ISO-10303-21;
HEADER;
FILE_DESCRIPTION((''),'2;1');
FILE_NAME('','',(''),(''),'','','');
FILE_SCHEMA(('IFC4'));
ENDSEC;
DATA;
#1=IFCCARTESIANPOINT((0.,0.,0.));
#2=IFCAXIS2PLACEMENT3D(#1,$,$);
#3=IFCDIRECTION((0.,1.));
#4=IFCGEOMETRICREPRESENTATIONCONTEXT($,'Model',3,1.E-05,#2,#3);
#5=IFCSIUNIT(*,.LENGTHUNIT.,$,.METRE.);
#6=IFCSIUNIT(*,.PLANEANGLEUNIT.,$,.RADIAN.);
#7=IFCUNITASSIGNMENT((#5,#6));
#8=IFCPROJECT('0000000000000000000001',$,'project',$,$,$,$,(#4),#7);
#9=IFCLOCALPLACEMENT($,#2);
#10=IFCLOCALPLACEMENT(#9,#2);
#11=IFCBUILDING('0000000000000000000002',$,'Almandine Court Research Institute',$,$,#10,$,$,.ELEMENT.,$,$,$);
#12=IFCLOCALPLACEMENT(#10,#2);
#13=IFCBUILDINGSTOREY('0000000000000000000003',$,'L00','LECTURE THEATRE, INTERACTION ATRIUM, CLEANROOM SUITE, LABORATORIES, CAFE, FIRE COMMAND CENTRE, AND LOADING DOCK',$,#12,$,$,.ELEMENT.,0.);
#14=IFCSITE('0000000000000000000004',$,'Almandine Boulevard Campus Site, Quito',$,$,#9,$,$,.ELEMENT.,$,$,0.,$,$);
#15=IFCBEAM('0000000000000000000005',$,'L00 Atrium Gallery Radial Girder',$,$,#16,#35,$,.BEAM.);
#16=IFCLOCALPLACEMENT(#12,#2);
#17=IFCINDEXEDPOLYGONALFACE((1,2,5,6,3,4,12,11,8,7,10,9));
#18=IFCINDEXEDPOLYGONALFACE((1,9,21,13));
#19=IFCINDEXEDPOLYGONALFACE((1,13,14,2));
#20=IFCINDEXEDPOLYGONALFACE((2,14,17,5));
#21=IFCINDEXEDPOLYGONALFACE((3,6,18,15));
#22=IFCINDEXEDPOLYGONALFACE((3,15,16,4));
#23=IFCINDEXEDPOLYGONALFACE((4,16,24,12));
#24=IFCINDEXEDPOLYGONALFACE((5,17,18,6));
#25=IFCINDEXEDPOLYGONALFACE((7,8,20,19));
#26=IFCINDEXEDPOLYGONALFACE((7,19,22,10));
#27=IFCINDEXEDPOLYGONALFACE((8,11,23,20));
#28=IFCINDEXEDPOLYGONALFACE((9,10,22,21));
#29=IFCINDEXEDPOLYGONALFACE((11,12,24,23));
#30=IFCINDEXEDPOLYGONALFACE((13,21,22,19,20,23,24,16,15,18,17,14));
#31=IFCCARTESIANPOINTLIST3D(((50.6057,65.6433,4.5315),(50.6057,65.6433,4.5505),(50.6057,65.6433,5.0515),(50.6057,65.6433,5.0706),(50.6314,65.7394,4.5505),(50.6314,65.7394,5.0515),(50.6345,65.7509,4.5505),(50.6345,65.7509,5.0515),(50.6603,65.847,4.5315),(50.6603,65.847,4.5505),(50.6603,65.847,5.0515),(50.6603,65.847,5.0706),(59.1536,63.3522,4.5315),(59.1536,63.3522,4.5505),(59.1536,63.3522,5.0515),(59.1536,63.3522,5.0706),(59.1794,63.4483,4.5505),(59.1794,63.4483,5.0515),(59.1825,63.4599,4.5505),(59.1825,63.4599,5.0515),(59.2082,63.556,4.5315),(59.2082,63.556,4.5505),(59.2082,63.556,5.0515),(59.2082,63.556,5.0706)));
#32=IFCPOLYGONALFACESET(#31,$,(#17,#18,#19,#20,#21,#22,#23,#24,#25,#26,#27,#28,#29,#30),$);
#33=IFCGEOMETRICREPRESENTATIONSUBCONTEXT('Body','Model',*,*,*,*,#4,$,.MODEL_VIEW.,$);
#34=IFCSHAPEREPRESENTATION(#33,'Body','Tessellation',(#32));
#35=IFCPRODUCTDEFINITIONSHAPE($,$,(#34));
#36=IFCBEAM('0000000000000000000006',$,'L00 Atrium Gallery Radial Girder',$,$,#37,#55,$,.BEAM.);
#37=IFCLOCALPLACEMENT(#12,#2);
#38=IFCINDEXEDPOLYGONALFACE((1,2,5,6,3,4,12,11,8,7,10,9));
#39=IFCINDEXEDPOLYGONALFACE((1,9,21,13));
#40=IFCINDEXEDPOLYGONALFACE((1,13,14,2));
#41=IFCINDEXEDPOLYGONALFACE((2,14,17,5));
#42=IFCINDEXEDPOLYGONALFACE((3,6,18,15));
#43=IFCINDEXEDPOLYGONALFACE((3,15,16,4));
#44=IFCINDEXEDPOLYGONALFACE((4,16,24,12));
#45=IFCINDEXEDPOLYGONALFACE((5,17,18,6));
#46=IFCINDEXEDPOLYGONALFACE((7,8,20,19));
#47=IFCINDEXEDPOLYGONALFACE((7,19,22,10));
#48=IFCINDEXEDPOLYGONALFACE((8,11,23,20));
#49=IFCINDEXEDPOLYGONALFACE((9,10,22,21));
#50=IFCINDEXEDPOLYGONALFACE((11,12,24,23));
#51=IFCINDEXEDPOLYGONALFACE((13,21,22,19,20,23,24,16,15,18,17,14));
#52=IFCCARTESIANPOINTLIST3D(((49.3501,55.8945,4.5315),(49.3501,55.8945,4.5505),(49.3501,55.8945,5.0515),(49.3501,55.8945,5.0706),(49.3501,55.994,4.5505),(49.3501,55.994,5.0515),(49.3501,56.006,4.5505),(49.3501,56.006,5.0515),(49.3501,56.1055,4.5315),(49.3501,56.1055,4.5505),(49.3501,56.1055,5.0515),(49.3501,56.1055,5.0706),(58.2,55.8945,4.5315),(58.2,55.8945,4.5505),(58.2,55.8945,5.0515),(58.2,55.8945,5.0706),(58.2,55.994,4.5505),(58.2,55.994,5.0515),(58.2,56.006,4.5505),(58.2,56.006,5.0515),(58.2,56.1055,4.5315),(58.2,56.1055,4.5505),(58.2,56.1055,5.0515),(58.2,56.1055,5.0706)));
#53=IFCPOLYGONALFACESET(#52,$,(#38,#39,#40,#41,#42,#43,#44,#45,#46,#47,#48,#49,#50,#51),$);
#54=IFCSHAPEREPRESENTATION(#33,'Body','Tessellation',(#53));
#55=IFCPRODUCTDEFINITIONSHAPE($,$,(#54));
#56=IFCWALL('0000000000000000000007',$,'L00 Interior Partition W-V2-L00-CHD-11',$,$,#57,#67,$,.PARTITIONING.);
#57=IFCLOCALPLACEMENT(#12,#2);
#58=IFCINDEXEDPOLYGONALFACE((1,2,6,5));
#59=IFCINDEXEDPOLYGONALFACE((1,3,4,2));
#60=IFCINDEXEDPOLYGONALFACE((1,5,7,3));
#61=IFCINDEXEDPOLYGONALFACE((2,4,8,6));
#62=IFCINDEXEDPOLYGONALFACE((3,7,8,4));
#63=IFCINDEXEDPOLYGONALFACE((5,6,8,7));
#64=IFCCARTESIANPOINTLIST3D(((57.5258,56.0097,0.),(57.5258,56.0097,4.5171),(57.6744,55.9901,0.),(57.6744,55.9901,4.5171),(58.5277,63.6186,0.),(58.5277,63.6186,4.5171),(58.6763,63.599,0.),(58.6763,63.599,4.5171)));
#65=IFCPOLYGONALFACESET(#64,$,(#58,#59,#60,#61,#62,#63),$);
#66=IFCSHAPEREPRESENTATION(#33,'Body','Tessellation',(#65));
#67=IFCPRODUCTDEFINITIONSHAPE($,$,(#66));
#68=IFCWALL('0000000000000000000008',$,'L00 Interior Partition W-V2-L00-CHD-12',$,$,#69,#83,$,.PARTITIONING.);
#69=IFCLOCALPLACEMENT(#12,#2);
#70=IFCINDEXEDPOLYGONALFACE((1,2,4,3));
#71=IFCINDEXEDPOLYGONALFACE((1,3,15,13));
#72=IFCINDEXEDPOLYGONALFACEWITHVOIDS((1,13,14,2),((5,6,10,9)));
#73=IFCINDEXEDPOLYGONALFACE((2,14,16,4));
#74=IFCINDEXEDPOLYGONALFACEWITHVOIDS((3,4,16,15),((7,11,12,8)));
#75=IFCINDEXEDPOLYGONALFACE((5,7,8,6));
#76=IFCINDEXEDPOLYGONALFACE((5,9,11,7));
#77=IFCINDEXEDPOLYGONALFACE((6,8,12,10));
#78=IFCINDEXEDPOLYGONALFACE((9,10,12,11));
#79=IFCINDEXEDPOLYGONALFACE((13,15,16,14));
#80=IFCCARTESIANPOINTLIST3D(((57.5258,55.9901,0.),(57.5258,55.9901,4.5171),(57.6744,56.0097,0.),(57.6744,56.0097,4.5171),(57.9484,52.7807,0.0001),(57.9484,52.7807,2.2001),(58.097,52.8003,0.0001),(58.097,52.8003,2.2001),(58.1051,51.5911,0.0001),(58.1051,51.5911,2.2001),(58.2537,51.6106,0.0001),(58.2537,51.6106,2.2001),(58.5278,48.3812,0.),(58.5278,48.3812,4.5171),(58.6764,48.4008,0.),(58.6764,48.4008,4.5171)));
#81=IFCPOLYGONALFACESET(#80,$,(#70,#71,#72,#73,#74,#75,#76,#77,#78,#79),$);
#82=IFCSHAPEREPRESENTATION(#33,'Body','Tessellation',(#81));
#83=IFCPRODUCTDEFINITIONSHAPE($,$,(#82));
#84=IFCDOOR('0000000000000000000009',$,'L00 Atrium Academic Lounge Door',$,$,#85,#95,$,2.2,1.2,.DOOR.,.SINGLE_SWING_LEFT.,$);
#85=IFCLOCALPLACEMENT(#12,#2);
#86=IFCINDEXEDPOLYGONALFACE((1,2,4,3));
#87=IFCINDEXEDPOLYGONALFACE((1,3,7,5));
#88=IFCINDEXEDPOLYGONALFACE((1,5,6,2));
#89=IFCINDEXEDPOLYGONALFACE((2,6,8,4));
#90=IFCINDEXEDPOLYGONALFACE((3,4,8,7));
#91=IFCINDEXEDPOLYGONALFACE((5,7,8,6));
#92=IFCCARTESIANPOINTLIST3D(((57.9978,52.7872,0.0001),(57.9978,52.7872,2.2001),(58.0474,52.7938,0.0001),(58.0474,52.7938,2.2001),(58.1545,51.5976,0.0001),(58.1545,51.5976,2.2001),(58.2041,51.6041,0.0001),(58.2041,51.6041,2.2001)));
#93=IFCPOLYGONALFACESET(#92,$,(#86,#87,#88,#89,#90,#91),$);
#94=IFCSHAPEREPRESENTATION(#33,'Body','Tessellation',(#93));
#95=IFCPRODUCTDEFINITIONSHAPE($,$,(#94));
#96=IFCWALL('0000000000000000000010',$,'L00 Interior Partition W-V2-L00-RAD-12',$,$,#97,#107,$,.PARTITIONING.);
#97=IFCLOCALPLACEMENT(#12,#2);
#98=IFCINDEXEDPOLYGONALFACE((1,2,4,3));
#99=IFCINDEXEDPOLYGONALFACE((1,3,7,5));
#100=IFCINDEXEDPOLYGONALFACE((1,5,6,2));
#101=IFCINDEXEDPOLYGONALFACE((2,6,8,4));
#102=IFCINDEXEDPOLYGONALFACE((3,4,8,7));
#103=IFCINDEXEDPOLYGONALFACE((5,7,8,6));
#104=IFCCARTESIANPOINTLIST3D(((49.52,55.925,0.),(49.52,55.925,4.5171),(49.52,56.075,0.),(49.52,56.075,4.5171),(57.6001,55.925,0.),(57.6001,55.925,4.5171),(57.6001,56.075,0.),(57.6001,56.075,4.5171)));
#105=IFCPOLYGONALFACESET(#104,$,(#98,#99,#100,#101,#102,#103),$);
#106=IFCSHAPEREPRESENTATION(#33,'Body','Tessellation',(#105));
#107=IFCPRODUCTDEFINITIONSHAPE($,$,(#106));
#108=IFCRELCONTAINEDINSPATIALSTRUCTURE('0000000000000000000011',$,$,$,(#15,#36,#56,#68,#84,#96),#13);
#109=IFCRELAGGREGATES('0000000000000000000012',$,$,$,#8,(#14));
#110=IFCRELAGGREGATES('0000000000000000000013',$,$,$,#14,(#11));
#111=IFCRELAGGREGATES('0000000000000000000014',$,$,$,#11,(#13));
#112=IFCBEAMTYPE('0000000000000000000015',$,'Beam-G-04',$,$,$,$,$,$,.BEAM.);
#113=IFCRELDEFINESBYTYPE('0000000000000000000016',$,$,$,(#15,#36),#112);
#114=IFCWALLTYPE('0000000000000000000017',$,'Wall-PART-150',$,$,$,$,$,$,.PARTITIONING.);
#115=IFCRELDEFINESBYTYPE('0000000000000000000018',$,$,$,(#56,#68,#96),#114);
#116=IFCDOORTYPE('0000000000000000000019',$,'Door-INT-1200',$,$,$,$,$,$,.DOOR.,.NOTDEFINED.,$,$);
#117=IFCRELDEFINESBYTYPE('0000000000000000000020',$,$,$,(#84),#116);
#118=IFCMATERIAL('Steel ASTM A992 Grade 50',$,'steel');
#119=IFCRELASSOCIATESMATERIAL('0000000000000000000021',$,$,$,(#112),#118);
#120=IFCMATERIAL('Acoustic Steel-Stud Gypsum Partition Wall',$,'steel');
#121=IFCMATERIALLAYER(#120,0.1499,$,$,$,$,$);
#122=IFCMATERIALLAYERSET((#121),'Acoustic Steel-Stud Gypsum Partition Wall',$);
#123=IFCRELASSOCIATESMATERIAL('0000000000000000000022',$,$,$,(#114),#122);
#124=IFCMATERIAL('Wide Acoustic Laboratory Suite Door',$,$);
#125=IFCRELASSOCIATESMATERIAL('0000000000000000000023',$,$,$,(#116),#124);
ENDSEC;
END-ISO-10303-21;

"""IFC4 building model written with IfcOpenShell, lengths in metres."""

from ifc_helpers import new_model, si_unit, direction, frame, frame_2d, origin, origin_2d, place, context, subcontext, project, spatial, rectangle, i_section, extrude, material, layer, layer_set, material_profile, profile_set, type_object, element, fill, save


model = new_model("IFC4")

# Units and contexts
model_context = context("Model", 3, precision=1e-05, world=origin(), true_north=direction((0.0, 1.0)))
body_context = subcontext(model_context, "Body", "Model", "MODEL_VIEW")
ifc_project = project(units=[si_unit("LENGTHUNIT", "METRE"), si_unit("PLANEANGLEUNIT", "RADIAN")], contexts=[model_context])

# Site, building, storey
site_placement = place(None, origin())
site = spatial("IfcSite", under=ifc_project, at=site_placement, Name="Almandine Boulevard Campus Site, Quito", CompositionType="ELEMENT", RefElevation=0.0)
building_placement = place(site_placement, origin())
building = spatial("IfcBuilding", under=site, at=building_placement, Name="Almandine Court Research Institute", CompositionType="ELEMENT")
storey_placement = place(building_placement, origin())
storey = spatial("IfcBuildingStorey", under=building, at=storey_placement, Name="L00", Description="LECTURE THEATRE, INTERACTION ATRIUM, CLEANROOM SUITE, LABORATORIES, CAFE, FIRE COMMAND CENTRE, AND LOADING DOCK", CompositionType="ELEMENT", Elevation=0.0)

# Shared definitions
ifc_material_1 = material(Name="Steel ASTM A992 Grade 50", Category="steel")

# Beams
ifc_material_profile_1 = material_profile(ifc_material_1, i_section(OverallWidth=0.2109, OverallDepth=0.5391, WebThickness=0.012, FlangeThickness=0.019, at=origin_2d()), Name="W530x109")
ifc_profile_set_1 = profile_set([ifc_material_profile_1], Name="Steel ASTM A992 Grade 50")
beam_type_1 = type_object("IfcBeamType", Name="Beam-G-04", PredefinedType="BEAM", material=ifc_profile_set_1)
beam_1_placement = place(storey_placement, frame((59.1809, 63.4541, 4.801), z_axis=(-0.965908, 0.258885, 0.0), x_axis=(-0.258885, -0.965908, 0.0)))
element("IfcBeam", 1, at=beam_1_placement, inside=storey, type_object=beam_type_1, Name="L00 Atrium Gallery Radial Girder", PredefinedType="BEAM", context=body_context, shape_type="SweptSolid", body=[
    extrude(i_section(OverallWidth=0.2109, OverallDepth=0.5391, WebThickness=0.012, FlangeThickness=0.019, at=origin_2d()), origin(), (0.0, 0.0, 1.0), 8.8496),
])
beam_2_placement = place(storey_placement, frame((58.2, 56.0, 4.801), z_axis=(-1.0, 0.0, 0.0), x_axis=(0.0, -1.0, 0.0)))
element("IfcBeam", 2, at=beam_2_placement, inside=storey, type_object=beam_type_1, Name="L00 Atrium Gallery Radial Girder", PredefinedType="BEAM", context=body_context, shape_type="SweptSolid", body=[
    extrude(i_section(OverallWidth=0.2109, OverallDepth=0.5391, WebThickness=0.012, FlangeThickness=0.019, at=origin_2d()), origin(), (0.0, 0.0, 1.0), 8.8499),
])

# Wall
ifc_material_2 = material(Name="Acoustic Steel-Stud Gypsum Partition Wall", Category="steel")
ifc_layer = layer(ifc_material_2, 0.1499)
ifc_layer_set = layer_set([ifc_layer], Name="Acoustic Steel-Stud Gypsum Partition Wall")
wall_type = type_object("IfcWallType", Name="Wall-PART-150", PredefinedType="PARTITIONING", material=ifc_layer_set)
wall_1_placement = place(storey_placement, frame((58.6021, 63.6089, 0.0), z_axis=(0.0, 0.0, 1.0), x_axis=(-0.130555, -0.991441, 0.0)))
element("IfcWall", 3, at=wall_1_placement, inside=storey, type_object=wall_type, Name="L00 Interior Partition W-V2-L00-CHD-11", PredefinedType="PARTITIONING", context=body_context, shape_type="SweptSolid", body=[
    extrude(rectangle(XDim=7.6746, YDim=0.1499, at=frame_2d((3.8374, 0.0))), origin(), (0.0, 0.0, 1.0), 4.5171),
])

# Wall, opening, door
wall_2_placement = place(storey_placement, frame((57.6001, 56.0, 0.0), z_axis=(0.0, 0.0, 1.0), x_axis=(0.130555, -0.991441, 0.0)))
wall_2 = element("IfcWall", 4, at=wall_2_placement, inside=storey, type_object=wall_type, Name="L00 Interior Partition W-V2-L00-CHD-12", PredefinedType="PARTITIONING", context=body_context, shape_type="SweptSolid", body=[
    extrude(rectangle(XDim=7.6746, YDim=0.1499, at=frame_2d((3.8374, 0.0))), origin(), (0.0, 0.0, 1.0), 4.5171),
])
opening_placement = place(wall_2_placement, frame((3.2371, 0.0, 0.0)))
opening = element("IfcOpeningElement", 5, at=opening_placement, cuts=wall_2, PredefinedType="OPENING", context=body_context, shape_type="SweptSolid", body=[
    extrude(rectangle(XDim=1.2, YDim=2.2, at=frame_2d((0.6001, 1.1001))), frame((0.0, 0.085, 0.0), z_axis=(0.0, -1.0, 0.0), x_axis=(1.0, 0.0, 0.0)), (0.0, 0.0, 1.0), 0.1699),
])
ifc_material_3 = material(Name="Wide Acoustic Laboratory Suite Door")
door_type = type_object("IfcDoorType", Name="Door-INT-1200", OperationType="NOTDEFINED", PredefinedType="DOOR", material=ifc_material_3)
door_placement = place(opening_placement, origin())
door = element("IfcDoor", 6, at=door_placement, inside=storey, type_object=door_type, Name="L00 Atrium Academic Lounge Door", OperationType="SINGLE_SWING_LEFT", OverallHeight=2.2, OverallWidth=1.2, PredefinedType="DOOR", context=body_context, shape_type="SweptSolid", body=[
    extrude(rectangle(XDim=1.2, YDim=2.2, at=frame_2d((0.6001, 1.1001))), frame((0.0, 0.0249, 0.0), z_axis=(0.0, -1.0, 0.0), x_axis=(1.0, 0.0, 0.0)), (0.0, 0.0, 1.0), 0.05),
])
fill(opening, door)

# Wall
wall_3_placement = place(storey_placement, frame((57.6001, 56.0, 0.0), z_axis=(0.0, 0.0, 1.0), x_axis=(-1.0, 0.0, 0.0)))
element("IfcWall", 7, at=wall_3_placement, inside=storey, type_object=wall_type, Name="L00 Interior Partition W-V2-L00-RAD-12", PredefinedType="PARTITIONING", context=body_context, shape_type="SweptSolid", body=[
    extrude(rectangle(XDim=8.0801, YDim=0.1499, at=frame_2d((4.04, 0.0))), origin(), (0.0, 0.0, 1.0), 4.5171),
])

save(model, "model.ifc")
